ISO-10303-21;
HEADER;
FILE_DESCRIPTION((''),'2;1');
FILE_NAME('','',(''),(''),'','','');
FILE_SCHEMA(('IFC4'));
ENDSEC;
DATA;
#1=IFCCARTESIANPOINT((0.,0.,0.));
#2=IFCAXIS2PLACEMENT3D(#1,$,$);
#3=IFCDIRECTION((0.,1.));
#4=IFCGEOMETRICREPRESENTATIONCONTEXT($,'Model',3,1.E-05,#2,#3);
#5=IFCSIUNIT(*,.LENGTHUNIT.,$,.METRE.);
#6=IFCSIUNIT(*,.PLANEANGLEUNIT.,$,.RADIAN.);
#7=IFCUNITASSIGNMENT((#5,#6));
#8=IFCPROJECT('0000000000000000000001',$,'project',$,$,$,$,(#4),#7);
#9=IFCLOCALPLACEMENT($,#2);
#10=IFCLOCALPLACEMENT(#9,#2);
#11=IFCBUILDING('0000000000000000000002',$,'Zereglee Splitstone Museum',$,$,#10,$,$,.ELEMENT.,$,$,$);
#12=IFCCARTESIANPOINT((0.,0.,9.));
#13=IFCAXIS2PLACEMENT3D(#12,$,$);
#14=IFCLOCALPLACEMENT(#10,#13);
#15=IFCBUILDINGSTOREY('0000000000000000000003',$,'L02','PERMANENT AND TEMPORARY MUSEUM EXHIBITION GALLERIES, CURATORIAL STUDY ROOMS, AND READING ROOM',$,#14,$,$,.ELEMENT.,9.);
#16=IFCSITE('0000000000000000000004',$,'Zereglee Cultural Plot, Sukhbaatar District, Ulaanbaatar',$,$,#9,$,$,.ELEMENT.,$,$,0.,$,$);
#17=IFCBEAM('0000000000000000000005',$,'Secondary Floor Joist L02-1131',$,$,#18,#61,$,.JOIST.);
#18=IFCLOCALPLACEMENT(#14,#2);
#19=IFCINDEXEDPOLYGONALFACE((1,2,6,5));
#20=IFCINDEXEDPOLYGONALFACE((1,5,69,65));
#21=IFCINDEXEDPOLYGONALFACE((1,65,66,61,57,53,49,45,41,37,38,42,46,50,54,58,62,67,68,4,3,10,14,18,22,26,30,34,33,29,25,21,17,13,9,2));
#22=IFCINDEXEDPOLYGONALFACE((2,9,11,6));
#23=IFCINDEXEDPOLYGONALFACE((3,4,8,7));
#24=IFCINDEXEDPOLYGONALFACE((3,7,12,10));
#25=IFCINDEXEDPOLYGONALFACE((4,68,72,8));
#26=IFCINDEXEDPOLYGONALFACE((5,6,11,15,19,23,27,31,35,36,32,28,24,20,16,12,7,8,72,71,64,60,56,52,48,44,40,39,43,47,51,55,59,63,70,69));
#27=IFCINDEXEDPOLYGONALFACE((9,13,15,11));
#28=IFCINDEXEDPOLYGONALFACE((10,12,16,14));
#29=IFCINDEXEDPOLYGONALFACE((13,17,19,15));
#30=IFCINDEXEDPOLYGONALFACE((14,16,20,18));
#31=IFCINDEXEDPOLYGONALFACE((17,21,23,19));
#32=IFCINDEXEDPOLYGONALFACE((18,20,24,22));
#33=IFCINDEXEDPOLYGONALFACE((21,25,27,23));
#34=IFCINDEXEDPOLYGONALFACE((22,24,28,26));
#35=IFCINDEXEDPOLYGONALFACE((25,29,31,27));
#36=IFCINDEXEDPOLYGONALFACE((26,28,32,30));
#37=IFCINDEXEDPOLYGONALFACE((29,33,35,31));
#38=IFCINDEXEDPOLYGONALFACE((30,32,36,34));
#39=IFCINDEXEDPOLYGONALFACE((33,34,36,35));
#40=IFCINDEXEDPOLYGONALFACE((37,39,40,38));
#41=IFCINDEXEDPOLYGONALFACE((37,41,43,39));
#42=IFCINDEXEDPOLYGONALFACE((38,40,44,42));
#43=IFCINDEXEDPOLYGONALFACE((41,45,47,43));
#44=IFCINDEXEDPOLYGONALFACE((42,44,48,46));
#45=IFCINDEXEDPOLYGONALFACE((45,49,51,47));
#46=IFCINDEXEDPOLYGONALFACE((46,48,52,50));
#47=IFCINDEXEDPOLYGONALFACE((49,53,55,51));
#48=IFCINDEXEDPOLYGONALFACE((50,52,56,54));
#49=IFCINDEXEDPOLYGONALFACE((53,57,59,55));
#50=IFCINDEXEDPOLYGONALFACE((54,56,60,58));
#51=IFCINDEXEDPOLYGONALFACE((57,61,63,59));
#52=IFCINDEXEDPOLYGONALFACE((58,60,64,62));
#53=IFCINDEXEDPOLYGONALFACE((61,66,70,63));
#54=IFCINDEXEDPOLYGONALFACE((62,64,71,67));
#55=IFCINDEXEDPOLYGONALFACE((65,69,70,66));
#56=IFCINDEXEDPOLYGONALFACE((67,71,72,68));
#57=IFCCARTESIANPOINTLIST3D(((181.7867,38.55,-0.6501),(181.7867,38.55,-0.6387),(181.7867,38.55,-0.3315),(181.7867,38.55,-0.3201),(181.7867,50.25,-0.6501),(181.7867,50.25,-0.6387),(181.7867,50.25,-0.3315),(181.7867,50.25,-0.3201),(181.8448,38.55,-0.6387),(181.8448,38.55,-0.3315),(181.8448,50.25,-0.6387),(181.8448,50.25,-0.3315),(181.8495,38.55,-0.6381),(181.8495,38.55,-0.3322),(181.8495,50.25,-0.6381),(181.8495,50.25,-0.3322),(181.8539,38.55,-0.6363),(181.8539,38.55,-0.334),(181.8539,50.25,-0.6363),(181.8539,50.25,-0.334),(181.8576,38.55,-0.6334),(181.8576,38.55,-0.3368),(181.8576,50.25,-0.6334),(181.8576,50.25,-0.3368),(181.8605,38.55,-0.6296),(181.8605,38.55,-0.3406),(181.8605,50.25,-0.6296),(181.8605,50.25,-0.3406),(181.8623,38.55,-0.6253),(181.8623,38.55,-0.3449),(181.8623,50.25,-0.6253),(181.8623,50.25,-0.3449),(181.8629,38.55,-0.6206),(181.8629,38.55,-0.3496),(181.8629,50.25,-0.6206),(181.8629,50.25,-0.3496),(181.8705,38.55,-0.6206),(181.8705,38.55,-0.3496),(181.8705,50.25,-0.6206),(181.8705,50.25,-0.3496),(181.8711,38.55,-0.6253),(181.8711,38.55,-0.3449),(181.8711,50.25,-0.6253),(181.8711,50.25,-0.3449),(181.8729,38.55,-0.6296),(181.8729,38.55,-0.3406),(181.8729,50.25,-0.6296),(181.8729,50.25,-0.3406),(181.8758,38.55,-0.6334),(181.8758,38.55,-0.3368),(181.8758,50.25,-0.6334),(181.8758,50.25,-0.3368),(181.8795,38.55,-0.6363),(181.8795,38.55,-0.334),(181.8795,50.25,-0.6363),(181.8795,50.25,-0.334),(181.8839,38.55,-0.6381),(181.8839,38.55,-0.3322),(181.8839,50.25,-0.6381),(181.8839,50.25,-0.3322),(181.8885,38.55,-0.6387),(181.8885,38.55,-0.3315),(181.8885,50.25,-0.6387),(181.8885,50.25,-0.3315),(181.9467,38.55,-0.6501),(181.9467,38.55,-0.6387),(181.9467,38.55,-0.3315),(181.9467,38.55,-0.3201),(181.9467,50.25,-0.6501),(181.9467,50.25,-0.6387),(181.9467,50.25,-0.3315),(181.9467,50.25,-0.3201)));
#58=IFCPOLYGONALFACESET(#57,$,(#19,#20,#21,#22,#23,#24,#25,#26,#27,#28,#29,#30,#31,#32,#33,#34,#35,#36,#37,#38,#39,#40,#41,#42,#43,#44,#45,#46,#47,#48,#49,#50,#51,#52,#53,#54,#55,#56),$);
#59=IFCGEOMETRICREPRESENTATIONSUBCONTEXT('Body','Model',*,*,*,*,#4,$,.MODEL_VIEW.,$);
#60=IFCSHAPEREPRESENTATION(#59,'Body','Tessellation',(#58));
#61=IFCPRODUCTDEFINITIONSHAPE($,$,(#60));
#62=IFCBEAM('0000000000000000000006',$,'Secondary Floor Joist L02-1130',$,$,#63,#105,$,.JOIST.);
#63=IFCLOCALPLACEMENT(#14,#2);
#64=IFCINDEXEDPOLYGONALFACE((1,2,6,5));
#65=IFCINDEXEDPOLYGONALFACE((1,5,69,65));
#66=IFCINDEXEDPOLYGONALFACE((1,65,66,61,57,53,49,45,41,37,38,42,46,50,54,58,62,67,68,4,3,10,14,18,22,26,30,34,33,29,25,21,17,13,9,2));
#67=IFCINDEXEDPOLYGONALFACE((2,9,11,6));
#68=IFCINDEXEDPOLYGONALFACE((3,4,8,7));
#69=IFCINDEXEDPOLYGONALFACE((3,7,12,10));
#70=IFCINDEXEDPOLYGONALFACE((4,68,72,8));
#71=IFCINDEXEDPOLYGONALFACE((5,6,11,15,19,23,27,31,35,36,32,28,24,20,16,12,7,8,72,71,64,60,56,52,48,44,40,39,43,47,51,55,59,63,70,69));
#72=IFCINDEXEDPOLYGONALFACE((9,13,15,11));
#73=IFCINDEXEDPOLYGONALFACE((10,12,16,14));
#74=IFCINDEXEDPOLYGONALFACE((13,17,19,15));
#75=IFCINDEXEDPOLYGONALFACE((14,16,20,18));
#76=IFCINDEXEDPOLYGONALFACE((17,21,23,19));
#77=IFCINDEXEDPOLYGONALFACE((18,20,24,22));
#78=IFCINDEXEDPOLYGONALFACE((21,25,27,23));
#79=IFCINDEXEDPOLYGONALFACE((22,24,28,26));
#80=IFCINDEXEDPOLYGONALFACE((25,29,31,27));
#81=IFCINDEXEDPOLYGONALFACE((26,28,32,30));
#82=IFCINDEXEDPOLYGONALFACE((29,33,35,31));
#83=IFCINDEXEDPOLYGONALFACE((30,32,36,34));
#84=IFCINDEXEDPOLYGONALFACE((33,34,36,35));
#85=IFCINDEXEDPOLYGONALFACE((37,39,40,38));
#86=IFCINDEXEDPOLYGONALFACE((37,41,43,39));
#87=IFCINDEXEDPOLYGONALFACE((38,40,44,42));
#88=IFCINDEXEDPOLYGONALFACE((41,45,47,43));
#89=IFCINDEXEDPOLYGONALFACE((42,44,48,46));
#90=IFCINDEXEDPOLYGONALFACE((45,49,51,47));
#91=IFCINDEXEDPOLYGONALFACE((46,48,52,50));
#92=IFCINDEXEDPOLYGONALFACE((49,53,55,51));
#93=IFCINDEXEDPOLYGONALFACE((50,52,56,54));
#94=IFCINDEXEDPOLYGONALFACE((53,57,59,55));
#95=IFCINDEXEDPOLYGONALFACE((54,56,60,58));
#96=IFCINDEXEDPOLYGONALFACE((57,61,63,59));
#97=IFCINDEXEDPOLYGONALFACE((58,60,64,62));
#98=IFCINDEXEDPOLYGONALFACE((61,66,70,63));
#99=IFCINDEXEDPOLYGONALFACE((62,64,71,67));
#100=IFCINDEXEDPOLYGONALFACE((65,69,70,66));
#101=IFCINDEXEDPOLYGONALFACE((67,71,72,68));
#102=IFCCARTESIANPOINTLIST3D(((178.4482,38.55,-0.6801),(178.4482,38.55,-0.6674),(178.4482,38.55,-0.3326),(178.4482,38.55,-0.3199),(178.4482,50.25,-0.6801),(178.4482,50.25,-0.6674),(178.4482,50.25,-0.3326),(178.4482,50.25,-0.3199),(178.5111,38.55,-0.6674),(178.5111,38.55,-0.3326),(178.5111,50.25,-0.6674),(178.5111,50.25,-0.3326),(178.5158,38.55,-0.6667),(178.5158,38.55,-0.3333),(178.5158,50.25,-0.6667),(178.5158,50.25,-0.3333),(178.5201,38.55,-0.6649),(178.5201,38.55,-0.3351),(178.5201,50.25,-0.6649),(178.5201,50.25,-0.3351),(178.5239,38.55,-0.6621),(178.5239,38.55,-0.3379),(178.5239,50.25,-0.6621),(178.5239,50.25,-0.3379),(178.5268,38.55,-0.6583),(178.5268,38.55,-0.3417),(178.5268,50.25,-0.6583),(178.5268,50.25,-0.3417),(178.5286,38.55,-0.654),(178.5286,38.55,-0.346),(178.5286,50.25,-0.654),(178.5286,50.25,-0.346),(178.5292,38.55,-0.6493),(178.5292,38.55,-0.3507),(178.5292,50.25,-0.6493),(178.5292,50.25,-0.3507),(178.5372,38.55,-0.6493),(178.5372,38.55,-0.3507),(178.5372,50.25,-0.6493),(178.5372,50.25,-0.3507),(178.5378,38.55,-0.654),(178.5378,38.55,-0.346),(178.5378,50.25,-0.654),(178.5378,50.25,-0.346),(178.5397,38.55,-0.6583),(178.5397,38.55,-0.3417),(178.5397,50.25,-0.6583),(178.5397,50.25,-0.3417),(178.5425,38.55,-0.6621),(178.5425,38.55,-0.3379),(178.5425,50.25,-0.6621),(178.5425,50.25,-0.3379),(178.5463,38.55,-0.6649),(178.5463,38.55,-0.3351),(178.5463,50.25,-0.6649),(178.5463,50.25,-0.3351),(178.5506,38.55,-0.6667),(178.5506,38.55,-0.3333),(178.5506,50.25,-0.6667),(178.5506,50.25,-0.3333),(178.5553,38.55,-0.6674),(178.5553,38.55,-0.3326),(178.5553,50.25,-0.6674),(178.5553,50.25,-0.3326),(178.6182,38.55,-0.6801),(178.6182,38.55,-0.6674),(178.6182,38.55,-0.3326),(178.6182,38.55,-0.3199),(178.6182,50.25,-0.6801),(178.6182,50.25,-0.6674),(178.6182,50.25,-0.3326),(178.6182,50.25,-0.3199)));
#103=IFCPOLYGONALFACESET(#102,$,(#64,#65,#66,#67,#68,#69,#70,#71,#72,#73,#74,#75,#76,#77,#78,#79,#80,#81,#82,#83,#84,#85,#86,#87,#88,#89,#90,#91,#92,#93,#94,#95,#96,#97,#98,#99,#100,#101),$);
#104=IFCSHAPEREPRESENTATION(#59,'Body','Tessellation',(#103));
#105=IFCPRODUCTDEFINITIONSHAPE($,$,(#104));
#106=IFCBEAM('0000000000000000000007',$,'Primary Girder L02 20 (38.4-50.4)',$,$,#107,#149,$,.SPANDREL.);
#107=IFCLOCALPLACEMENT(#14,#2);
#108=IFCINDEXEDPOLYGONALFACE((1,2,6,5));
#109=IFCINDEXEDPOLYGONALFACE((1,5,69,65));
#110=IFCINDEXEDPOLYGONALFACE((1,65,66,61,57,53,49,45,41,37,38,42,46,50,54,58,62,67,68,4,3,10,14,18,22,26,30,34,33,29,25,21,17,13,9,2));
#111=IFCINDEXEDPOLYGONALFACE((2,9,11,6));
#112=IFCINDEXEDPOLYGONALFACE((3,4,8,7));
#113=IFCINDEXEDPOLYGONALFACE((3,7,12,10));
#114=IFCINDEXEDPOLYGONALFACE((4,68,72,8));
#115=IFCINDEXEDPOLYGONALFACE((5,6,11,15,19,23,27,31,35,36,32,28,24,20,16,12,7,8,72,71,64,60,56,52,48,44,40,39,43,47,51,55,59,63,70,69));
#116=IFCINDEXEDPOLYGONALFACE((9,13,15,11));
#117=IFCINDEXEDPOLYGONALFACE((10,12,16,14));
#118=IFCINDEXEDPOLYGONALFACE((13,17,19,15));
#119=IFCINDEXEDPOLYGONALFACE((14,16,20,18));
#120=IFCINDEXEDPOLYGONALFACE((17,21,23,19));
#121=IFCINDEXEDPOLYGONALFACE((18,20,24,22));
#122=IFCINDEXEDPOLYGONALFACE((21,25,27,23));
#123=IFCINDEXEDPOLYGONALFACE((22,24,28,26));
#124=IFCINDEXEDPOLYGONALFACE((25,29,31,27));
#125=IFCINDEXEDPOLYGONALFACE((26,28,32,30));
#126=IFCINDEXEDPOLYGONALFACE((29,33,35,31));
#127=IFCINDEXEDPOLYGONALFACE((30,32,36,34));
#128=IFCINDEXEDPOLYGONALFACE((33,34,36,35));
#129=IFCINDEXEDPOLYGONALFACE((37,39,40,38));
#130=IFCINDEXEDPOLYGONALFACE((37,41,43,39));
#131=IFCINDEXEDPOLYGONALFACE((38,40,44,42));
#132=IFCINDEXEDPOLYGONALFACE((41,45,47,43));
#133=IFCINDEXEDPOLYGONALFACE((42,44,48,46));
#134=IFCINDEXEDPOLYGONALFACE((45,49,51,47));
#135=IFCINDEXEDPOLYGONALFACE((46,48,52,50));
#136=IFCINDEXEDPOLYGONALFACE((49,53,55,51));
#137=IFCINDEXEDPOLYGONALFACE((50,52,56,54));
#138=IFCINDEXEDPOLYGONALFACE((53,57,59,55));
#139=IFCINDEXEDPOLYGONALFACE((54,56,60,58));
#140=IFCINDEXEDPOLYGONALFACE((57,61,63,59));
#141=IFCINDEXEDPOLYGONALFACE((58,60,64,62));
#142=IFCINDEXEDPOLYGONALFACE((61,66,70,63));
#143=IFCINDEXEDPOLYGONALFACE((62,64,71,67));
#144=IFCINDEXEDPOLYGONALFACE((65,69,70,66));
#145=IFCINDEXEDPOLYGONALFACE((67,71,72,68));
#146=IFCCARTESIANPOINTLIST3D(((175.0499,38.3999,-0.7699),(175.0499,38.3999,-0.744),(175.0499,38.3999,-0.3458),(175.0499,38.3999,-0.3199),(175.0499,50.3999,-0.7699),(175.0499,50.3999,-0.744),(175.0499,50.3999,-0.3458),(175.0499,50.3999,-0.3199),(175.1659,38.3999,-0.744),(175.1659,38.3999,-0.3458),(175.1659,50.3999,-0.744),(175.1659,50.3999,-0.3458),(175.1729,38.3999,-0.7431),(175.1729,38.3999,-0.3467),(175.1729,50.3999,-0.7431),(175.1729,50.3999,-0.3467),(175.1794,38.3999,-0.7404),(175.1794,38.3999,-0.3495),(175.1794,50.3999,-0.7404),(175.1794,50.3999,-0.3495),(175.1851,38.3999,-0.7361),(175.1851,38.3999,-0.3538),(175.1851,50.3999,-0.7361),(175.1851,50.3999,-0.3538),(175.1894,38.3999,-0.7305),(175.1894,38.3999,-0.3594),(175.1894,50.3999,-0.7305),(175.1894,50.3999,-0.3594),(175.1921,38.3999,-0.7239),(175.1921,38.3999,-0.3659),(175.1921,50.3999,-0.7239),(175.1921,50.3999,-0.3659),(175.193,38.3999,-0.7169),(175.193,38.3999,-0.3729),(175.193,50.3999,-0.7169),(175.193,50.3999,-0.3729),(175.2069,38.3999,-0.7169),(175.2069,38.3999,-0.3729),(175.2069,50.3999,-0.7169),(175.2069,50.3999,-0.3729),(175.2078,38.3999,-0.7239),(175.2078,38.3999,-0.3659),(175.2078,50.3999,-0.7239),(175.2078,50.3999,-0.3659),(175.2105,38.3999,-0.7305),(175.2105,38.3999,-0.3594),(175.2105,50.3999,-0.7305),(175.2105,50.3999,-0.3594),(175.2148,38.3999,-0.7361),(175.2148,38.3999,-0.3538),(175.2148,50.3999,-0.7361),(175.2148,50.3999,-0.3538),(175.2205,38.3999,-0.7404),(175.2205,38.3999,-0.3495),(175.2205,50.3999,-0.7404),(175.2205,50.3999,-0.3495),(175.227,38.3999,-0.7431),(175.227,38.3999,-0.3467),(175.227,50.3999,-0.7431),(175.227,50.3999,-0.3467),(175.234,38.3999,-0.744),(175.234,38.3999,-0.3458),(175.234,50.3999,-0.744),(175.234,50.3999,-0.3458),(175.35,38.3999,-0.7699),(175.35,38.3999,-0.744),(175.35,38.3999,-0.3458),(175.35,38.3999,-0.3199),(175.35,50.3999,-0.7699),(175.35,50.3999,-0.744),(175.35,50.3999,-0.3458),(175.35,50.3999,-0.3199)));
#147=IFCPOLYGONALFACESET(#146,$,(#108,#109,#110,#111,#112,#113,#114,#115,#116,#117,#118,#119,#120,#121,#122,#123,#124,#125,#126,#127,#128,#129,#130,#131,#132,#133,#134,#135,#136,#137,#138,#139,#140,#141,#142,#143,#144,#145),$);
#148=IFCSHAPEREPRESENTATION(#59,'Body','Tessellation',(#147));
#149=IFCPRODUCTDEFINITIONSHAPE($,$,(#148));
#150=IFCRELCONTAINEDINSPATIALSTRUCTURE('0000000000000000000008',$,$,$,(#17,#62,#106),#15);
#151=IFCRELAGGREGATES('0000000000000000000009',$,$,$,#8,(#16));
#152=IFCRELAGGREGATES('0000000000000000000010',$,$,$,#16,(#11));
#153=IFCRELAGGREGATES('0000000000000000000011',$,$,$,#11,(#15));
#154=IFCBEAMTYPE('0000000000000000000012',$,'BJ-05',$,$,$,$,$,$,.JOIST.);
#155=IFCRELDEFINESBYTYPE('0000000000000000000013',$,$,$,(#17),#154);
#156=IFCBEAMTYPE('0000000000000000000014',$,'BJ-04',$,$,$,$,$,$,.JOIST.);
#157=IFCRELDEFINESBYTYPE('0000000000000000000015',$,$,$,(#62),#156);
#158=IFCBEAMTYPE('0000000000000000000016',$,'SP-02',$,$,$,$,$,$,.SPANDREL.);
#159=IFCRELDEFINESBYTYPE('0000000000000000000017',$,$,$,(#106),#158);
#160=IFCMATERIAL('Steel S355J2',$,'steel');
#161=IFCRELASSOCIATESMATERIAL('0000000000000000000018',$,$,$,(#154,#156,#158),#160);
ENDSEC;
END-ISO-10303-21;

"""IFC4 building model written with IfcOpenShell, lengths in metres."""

from ifc_helpers import new_model, si_unit, direction, frame, origin, origin_2d, place, context, subcontext, project, spatial, i_section, extrude, material, material_profile, profile_set, type_object, element, save


model = new_model("IFC4")

# Units and contexts
model_context = context("Model", 3, precision=1e-05, world=origin(), true_north=direction((0.0, 1.0)))
body_context = subcontext(model_context, "Body", "Model", "MODEL_VIEW")
ifc_project = project(units=[si_unit("LENGTHUNIT", "METRE"), si_unit("PLANEANGLEUNIT", "RADIAN")], contexts=[model_context])

# Site, building, storey
site_placement = place(None, origin())
site = spatial("IfcSite", under=ifc_project, at=site_placement, Name="Zereglee Cultural Plot, Sukhbaatar District, Ulaanbaatar", CompositionType="ELEMENT", RefElevation=0.0)
building_placement = place(site_placement, origin())
building = spatial("IfcBuilding", under=site, at=building_placement, Name="Zereglee Splitstone Museum", CompositionType="ELEMENT")
storey_placement = place(building_placement, frame((0.0, 0.0, 9.0)))
storey = spatial("IfcBuildingStorey", under=building, at=storey_placement, Name="L02", Description="PERMANENT AND TEMPORARY MUSEUM EXHIBITION GALLERIES, CURATORIAL STUDY ROOMS, AND READING ROOM", CompositionType="ELEMENT", Elevation=9.0)

# Shared definitions
ifc_material_1 = material(Name="Steel S355J2", Category="steel")

# Beams
ifc_material_profile_1 = material_profile(ifc_material_1, i_section(OverallWidth=0.1599, OverallDepth=0.3301, WebThickness=0.0076, FlangeThickness=0.0115, FilletRadius=0.0181, at=origin_2d()), Name="IPE 330")
ifc_profile_set_1 = profile_set([ifc_material_profile_1], Name="Steel S355J2")
beam_type_1 = type_object("IfcBeamType", Name="BJ-05", PredefinedType="JOIST", material=ifc_profile_set_1)
beam_1_placement = place(storey_placement, frame((181.8667, 38.55, -0.4851), z_axis=(0.0, 1.0, 0.0), x_axis=(-1.0, 0.0, 0.0)))
element("IfcBeam", 1, at=beam_1_placement, inside=storey, type_object=beam_type_1, Name="Secondary Floor Joist L02-1131", PredefinedType="JOIST", context=body_context, shape_type="SweptSolid", body=[
    extrude(i_section(OverallWidth=0.1599, OverallDepth=0.3301, WebThickness=0.0076, FlangeThickness=0.0115, FilletRadius=0.0181, at=origin_2d()), origin(), (0.0, 0.0, 1.0), 11.7),
])
ifc_material_profile_2 = material_profile(ifc_material_1, i_section(OverallWidth=0.1699, OverallDepth=0.3601, WebThickness=0.0081, FlangeThickness=0.0127, FilletRadius=0.0181, at=origin_2d()), Name="IPE 360")
ifc_profile_set_2 = profile_set([ifc_material_profile_2], Name="Steel S355J2")
beam_type_2 = type_object("IfcBeamType", Name="BJ-04", PredefinedType="JOIST", material=ifc_profile_set_2)
beam_2_placement = place(storey_placement, frame((178.5332, 38.55, -0.5), z_axis=(0.0, 1.0, 0.0), x_axis=(-1.0, 0.0, 0.0)))
element("IfcBeam", 2, at=beam_2_placement, inside=storey, type_object=beam_type_2, Name="Secondary Floor Joist L02-1130", PredefinedType="JOIST", context=body_context, shape_type="SweptSolid", body=[
    extrude(i_section(OverallWidth=0.1699, OverallDepth=0.3601, WebThickness=0.0081, FlangeThickness=0.0127, FilletRadius=0.0181, at=origin_2d()), origin(), (0.0, 0.0, 1.0), 11.7),
])
ifc_material_profile_3 = material_profile(ifc_material_1, i_section(OverallWidth=0.3, OverallDepth=0.45, WebThickness=0.0139, FlangeThickness=0.0259, FilletRadius=0.0271, at=origin_2d()), Name="HE 450 B")
ifc_profile_set_3 = profile_set([ifc_material_profile_3], Name="Steel S355J2")
beam_type_3 = type_object("IfcBeamType", Name="SP-02", PredefinedType="SPANDREL", material=ifc_profile_set_3)
beam_3_placement = place(storey_placement, frame((175.2, 38.3999, -0.5449), z_axis=(0.0, 1.0, 0.0), x_axis=(-1.0, 0.0, 0.0)))
element("IfcBeam", 3, at=beam_3_placement, inside=storey, type_object=beam_type_3, Name="Primary Girder L02 20 (38.4-50.4)", PredefinedType="SPANDREL", context=body_context, shape_type="SweptSolid", body=[
    extrude(i_section(OverallWidth=0.3, OverallDepth=0.45, WebThickness=0.0139, FlangeThickness=0.0259, FilletRadius=0.0271, at=origin_2d()), origin(), (0.0, 0.0, 1.0), 12.0),
])

save(model, "model.ifc")
